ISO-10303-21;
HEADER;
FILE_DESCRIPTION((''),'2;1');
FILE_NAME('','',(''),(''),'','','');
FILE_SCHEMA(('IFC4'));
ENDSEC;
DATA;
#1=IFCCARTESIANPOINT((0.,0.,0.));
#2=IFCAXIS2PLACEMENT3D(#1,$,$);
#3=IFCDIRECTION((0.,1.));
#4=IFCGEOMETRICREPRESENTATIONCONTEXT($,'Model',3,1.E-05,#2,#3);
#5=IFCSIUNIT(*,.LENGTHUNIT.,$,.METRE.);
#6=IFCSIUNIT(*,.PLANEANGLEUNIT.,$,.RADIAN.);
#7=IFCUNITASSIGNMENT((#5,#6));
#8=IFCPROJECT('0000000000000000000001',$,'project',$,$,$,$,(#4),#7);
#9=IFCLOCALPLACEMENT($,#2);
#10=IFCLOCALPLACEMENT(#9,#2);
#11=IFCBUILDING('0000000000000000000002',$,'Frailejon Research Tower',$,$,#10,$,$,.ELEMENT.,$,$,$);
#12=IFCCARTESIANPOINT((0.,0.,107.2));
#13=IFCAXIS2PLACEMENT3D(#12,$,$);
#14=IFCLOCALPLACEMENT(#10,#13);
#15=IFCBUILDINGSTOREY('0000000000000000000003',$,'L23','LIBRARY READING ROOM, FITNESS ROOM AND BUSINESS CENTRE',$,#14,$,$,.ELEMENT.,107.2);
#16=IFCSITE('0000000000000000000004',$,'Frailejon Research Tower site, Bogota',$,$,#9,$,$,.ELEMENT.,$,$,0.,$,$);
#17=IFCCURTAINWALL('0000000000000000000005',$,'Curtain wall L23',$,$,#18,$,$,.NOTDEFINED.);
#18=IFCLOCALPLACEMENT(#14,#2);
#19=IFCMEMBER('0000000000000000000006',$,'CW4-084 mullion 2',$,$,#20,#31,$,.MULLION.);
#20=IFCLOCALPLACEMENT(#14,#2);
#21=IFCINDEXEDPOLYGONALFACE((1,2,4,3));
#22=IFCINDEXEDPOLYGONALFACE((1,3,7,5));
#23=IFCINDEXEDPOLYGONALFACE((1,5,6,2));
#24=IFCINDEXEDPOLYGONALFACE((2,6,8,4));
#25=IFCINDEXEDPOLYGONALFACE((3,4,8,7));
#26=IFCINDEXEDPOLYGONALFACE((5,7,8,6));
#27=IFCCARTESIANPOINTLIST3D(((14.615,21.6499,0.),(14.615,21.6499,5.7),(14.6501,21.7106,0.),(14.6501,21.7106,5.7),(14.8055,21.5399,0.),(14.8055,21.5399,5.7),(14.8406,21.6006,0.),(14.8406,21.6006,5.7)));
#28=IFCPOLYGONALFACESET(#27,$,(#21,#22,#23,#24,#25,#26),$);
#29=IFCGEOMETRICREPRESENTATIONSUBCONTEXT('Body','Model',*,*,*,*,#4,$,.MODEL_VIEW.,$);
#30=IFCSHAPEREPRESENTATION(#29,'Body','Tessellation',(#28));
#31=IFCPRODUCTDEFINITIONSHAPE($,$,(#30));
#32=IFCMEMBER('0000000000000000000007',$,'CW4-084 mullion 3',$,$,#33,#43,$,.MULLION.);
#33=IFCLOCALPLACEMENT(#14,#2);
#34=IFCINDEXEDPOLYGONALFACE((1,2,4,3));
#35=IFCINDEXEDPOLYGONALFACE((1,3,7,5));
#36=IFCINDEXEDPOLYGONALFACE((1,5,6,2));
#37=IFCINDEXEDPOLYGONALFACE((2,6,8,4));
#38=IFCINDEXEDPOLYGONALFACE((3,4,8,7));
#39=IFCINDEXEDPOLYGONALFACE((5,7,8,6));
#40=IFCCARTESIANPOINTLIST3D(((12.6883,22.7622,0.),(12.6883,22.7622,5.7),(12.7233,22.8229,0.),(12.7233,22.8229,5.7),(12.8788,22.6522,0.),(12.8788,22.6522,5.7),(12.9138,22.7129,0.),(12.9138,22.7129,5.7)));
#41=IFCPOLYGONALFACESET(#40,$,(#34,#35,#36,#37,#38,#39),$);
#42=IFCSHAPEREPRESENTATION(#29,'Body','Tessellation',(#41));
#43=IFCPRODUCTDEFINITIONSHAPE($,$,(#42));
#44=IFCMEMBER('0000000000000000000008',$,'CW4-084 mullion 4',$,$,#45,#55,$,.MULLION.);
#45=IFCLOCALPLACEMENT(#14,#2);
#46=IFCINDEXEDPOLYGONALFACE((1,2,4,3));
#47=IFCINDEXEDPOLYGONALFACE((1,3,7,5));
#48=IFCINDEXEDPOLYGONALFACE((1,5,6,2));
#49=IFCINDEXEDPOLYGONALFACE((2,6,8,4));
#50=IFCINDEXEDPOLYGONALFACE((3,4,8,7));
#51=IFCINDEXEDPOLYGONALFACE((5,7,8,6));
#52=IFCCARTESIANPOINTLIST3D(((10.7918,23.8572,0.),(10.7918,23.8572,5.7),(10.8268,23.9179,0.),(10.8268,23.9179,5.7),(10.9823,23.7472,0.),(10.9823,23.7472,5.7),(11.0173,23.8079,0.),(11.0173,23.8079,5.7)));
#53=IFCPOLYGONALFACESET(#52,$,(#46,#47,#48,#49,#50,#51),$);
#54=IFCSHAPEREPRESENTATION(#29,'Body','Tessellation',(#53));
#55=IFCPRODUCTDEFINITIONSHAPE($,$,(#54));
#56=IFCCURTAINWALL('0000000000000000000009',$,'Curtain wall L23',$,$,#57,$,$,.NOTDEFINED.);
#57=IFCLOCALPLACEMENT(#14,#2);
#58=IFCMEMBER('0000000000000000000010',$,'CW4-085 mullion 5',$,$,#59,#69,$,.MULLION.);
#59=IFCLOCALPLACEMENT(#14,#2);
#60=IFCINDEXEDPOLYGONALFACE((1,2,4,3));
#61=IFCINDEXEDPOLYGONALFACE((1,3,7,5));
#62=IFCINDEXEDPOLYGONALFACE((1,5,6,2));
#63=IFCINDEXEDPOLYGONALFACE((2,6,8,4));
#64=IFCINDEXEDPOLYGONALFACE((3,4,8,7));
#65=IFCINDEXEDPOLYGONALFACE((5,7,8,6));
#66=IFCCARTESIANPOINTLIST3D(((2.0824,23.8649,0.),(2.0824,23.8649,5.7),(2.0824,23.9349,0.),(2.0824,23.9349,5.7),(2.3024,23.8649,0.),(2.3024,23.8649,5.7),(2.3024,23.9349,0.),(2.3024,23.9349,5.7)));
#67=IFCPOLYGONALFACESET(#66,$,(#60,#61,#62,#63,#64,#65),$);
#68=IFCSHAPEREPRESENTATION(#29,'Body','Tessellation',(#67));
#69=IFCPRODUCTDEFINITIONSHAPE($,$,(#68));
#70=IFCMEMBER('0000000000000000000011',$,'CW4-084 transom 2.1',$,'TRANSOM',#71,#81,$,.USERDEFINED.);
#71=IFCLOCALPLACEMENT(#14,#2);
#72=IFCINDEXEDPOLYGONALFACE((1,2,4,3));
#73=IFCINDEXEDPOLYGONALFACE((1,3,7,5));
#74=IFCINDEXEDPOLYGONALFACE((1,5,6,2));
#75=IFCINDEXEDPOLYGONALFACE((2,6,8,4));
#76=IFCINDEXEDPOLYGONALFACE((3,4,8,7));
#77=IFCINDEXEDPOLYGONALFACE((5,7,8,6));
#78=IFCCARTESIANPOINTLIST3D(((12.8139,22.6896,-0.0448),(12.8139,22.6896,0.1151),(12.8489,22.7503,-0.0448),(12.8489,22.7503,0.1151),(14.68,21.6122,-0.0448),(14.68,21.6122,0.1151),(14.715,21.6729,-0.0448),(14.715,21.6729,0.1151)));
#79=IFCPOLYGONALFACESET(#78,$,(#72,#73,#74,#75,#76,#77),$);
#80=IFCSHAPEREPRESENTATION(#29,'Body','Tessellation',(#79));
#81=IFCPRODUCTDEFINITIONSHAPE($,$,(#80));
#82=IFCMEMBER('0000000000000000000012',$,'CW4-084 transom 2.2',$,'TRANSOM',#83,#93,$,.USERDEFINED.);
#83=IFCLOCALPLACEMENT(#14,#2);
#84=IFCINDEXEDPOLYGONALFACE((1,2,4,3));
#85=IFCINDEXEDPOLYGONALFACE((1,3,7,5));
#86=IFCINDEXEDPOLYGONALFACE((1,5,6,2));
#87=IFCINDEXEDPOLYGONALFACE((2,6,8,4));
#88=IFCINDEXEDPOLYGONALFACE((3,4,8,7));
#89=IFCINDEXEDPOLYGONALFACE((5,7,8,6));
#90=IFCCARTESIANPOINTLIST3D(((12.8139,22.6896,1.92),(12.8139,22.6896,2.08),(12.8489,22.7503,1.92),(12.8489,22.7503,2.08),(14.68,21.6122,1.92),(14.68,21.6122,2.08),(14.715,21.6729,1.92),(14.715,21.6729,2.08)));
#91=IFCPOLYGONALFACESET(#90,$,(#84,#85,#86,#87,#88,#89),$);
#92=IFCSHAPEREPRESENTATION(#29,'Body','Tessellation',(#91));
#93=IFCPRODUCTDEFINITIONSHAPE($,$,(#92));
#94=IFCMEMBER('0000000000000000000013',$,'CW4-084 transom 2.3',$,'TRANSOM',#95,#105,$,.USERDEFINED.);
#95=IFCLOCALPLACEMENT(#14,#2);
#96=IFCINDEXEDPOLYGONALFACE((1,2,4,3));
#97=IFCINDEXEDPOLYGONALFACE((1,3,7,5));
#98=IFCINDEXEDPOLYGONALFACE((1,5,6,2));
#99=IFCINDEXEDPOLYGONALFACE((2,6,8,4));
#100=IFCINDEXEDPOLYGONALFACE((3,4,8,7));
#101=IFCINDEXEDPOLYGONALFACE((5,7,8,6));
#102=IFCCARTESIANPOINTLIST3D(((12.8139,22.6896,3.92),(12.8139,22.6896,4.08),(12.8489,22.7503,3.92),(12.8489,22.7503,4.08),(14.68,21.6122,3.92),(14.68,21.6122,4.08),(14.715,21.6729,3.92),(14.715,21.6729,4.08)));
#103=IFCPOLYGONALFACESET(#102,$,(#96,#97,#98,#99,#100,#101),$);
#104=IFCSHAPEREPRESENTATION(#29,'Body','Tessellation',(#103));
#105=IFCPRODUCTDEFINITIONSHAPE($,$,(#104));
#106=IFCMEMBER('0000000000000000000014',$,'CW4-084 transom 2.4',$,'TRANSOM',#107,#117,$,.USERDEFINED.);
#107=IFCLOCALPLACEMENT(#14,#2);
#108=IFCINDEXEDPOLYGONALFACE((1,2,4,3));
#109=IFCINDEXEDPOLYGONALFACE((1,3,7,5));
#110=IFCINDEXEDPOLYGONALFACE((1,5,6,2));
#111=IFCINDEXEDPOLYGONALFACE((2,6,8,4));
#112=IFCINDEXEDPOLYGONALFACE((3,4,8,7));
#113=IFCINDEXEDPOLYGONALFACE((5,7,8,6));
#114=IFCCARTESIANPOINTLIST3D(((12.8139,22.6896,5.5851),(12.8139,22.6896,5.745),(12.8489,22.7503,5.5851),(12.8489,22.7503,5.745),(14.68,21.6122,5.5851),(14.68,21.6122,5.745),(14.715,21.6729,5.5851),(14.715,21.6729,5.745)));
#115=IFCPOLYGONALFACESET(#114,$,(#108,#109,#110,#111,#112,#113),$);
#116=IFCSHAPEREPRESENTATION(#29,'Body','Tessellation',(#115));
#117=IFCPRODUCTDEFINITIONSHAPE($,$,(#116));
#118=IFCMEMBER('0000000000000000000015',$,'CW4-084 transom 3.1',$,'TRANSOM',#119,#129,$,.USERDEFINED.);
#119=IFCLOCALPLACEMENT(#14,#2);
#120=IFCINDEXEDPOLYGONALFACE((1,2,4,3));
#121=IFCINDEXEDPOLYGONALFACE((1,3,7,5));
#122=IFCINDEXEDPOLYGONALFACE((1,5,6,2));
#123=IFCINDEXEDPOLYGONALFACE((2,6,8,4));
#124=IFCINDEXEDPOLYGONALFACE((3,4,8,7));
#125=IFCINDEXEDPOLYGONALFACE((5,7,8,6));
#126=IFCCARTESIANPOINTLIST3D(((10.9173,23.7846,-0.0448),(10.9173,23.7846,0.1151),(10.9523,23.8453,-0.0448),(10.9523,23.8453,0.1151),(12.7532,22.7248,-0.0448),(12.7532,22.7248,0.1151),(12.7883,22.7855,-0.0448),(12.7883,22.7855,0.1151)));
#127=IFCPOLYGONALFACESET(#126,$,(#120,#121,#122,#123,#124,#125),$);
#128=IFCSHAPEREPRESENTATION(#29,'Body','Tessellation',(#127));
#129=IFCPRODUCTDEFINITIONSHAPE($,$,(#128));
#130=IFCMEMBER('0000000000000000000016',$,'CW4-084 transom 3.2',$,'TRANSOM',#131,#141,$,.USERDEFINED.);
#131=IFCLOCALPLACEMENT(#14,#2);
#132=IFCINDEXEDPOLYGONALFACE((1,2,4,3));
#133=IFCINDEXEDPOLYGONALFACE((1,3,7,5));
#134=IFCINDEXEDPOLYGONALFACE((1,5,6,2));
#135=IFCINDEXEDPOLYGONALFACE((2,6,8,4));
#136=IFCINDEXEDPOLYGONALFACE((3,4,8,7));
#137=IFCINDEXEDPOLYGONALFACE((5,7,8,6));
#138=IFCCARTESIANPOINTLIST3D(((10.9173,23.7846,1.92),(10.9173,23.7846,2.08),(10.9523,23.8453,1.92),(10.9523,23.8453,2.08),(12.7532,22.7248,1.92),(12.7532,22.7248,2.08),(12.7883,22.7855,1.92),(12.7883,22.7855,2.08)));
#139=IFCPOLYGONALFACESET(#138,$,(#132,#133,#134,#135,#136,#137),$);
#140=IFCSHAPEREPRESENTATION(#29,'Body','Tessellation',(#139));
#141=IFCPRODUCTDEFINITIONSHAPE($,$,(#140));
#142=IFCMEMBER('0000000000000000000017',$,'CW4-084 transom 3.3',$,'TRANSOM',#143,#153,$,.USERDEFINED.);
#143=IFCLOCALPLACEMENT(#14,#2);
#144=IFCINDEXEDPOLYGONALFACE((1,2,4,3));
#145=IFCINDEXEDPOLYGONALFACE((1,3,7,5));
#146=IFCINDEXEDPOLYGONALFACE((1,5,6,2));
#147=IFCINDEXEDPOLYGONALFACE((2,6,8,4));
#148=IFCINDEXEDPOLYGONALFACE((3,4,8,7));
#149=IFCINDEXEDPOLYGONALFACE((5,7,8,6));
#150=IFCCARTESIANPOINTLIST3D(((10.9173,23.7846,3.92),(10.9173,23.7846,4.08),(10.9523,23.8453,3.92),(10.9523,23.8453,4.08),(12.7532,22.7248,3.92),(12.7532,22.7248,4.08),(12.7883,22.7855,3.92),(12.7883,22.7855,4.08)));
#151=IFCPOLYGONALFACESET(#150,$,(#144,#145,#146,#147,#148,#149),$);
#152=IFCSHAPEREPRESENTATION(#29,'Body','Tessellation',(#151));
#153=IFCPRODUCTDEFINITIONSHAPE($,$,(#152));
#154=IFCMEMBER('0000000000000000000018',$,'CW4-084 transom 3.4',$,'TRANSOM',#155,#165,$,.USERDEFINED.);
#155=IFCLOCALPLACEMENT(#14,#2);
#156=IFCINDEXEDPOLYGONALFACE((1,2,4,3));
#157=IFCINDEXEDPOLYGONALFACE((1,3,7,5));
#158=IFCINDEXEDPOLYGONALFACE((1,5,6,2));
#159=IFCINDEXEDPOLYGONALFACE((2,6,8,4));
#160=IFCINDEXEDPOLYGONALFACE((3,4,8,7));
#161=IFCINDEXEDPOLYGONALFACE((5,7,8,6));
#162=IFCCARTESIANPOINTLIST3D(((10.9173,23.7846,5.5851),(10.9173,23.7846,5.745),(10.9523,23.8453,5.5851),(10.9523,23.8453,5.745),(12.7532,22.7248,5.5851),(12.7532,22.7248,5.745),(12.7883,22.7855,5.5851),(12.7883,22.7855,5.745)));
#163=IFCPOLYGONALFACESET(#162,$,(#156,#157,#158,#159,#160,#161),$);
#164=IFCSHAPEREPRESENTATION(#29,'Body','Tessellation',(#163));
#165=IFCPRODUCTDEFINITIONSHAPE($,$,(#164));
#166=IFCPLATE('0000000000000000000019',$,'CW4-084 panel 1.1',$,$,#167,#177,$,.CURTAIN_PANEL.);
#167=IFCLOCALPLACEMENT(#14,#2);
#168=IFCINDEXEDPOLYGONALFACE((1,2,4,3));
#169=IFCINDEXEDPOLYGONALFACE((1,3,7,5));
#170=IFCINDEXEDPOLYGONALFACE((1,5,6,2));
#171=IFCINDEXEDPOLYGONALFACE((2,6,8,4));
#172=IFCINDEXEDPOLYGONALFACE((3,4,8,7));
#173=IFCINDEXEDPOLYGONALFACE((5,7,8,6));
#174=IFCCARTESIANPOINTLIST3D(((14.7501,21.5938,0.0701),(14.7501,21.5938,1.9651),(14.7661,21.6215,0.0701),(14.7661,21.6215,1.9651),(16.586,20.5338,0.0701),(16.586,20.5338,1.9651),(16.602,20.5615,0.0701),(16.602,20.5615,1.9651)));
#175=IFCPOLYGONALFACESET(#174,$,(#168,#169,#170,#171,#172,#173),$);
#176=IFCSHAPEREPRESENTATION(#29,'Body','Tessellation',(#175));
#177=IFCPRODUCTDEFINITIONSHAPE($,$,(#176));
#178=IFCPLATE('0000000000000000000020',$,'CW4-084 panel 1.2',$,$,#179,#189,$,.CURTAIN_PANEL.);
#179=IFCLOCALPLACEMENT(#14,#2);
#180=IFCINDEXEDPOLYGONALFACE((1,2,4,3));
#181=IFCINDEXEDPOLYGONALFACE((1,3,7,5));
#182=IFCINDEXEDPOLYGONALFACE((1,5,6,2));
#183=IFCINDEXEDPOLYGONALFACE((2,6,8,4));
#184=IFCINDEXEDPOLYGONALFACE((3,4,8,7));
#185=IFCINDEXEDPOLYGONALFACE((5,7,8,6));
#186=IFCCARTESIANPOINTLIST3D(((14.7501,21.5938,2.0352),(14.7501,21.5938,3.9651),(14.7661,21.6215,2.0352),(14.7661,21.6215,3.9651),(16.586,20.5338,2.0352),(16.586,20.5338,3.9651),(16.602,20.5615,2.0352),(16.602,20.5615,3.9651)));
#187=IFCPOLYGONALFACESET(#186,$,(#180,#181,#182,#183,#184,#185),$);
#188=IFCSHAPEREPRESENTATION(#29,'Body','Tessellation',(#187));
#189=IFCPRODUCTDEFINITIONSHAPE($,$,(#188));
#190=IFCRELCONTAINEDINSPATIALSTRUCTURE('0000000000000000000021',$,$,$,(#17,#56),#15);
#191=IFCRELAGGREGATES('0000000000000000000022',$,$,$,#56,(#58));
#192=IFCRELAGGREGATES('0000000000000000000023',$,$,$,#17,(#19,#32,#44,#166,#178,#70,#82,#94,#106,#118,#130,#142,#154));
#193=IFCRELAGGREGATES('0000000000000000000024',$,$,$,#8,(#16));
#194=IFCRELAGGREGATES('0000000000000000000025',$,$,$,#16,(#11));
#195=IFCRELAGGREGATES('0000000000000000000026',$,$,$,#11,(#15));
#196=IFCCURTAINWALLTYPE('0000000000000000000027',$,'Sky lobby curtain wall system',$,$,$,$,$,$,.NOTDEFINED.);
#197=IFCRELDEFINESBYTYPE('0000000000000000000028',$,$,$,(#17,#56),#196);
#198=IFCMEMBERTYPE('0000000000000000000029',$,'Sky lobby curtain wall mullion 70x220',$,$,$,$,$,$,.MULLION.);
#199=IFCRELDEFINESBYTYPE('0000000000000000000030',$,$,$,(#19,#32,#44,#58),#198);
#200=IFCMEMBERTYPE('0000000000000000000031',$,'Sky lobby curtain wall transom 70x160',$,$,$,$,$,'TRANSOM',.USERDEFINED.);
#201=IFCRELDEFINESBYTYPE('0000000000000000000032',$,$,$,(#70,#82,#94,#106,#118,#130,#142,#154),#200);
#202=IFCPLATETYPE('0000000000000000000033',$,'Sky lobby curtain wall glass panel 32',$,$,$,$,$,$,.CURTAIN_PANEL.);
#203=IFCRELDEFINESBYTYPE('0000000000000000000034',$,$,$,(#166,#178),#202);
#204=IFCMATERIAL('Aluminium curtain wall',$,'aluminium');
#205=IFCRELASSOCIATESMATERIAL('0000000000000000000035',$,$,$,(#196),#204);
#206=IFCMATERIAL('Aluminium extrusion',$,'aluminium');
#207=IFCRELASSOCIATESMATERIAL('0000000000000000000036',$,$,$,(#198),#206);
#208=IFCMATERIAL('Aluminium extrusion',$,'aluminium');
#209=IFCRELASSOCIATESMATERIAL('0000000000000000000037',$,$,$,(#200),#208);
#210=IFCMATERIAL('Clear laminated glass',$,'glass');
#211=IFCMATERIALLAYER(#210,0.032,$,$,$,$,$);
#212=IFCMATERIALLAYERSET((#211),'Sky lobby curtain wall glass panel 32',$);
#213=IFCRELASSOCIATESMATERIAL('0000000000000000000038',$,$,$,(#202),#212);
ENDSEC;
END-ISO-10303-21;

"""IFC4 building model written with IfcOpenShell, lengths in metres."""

from ifc_helpers import new_model, si_unit, direction, frame, origin, origin_2d, place, context, subcontext, project, spatial, rectangle, extrude, material, layer, layer_set, material_profile, profile_set, type_object, element, aggregate, save


model = new_model("IFC4")

# Units and contexts
model_context = context("Model", 3, precision=1e-05, world=origin(), true_north=direction((0.0, 1.0)))
body_context = subcontext(model_context, "Body", "Model", "MODEL_VIEW")
ifc_project = project(units=[si_unit("LENGTHUNIT", "METRE"), si_unit("PLANEANGLEUNIT", "RADIAN")], contexts=[model_context])

# Site, building, storey
site_placement = place(None, origin())
site = spatial("IfcSite", under=ifc_project, at=site_placement, Name="Frailejon Research Tower site, Bogota", CompositionType="ELEMENT", RefElevation=0.0)
building_placement = place(site_placement, origin())
building = spatial("IfcBuilding", under=site, at=building_placement, Name="Frailejon Research Tower", CompositionType="ELEMENT")
storey_placement = place(building_placement, frame((0.0, 0.0, 107.2)))
storey = spatial("IfcBuildingStorey", under=building, at=storey_placement, Name="L23", Description="LIBRARY READING ROOM, FITNESS ROOM AND BUSINESS CENTRE", CompositionType="ELEMENT", Elevation=107.2)

# Curtain wall, members
ifc_material_1 = material(Name="Aluminium curtain wall", Category="aluminium")
curtain_wall_type = type_object("IfcCurtainWallType", Name="Sky lobby curtain wall system", PredefinedType="NOTDEFINED", material=ifc_material_1)
curtain_wall_1_placement = place(storey_placement, origin())
curtain_wall_1 = element("IfcCurtainWall", 1, at=curtain_wall_1_placement, inside=storey, type_object=curtain_wall_type, Name="Curtain wall L23", PredefinedType="NOTDEFINED")
ifc_material_2 = material(Name="Aluminium extrusion", Category="aluminium")
ifc_material_profile_1 = material_profile(ifc_material_2, rectangle(XDim=0.0701, YDim=0.22, at=origin_2d()), Name="Sky lobby curtain wall mullion 70x220")
ifc_profile_set_1 = profile_set([ifc_material_profile_1], Name="Aluminium extrusion")
member_type_1 = type_object("IfcMemberType", Name="Sky lobby curtain wall mullion 70x220", PredefinedType="MULLION", material=ifc_profile_set_1)
member_1_placement = place(storey_placement, frame((14.7278, 21.6252, 0.0), z_axis=(0.0, 0.0, 1.0), x_axis=(-0.499998, -0.866026, 0.0)))
member_1 = element("IfcMember", 2, at=member_1_placement, type_object=member_type_1, Name="CW4-084 mullion 2", PredefinedType="MULLION", context=body_context, shape_type="SweptSolid", body=[
    extrude(rectangle(XDim=0.0701, YDim=0.22, at=origin_2d()), origin(), (0.0, 0.0, 1.0), 5.7),
])
member_2_placement = place(storey_placement, frame((12.801, 22.7375, 0.0), z_axis=(0.0, 0.0, 1.0), x_axis=(-0.499998, -0.866026, 0.0)))
member_2 = element("IfcMember", 3, at=member_2_placement, type_object=member_type_1, Name="CW4-084 mullion 3", PredefinedType="MULLION", context=body_context, shape_type="SweptSolid", body=[
    extrude(rectangle(XDim=0.0701, YDim=0.22, at=origin_2d()), origin(), (0.0, 0.0, 1.0), 5.7),
])
member_3_placement = place(storey_placement, frame((10.9045, 23.8325, 0.0), z_axis=(0.0, 0.0, 1.0), x_axis=(-0.499998, -0.866026, 0.0)))
member_3 = element("IfcMember", 4, at=member_3_placement, type_object=member_type_1, Name="CW4-084 mullion 4", PredefinedType="MULLION", context=body_context, shape_type="SweptSolid", body=[
    extrude(rectangle(XDim=0.0701, YDim=0.22, at=origin_2d()), origin(), (0.0, 0.0, 1.0), 5.7),
])

# Curtain wall, member
curtain_wall_2_placement = place(storey_placement, origin())
curtain_wall_2 = element("IfcCurtainWall", 5, at=curtain_wall_2_placement, inside=storey, type_object=curtain_wall_type, Name="Curtain wall L23", PredefinedType="NOTDEFINED")
member_4_placement = place(storey_placement, frame((2.1924, 23.8999, 0.0), z_axis=(0.0, 0.0, 1.0), x_axis=(0.0, -1.0, 0.0)))
member_4 = element("IfcMember", 6, at=member_4_placement, type_object=member_type_1, Name="CW4-085 mullion 5", PredefinedType="MULLION", context=body_context, shape_type="SweptSolid", body=[
    extrude(rectangle(XDim=0.0701, YDim=0.22, at=origin_2d()), origin(), (0.0, 0.0, 1.0), 5.7),
])
aggregate(curtain_wall_2, [member_4])

# Members
ifc_material_3 = material(Name="Aluminium extrusion", Category="aluminium")
ifc_material_profile_2 = material_profile(ifc_material_3, rectangle(XDim=0.0701, YDim=0.1599, at=origin_2d()), Name="Sky lobby curtain wall transom 70x160")
ifc_profile_set_2 = profile_set([ifc_material_profile_2], Name="Aluminium extrusion")
member_type_2 = type_object("IfcMemberType", Name="Sky lobby curtain wall transom 70x160", ElementType="TRANSOM", PredefinedType="USERDEFINED", material=ifc_profile_set_2)
member_5_placement = place(storey_placement, frame((14.6975, 21.6426, 0.0352), z_axis=(-0.866038, 0.499977, 0.0), x_axis=(-0.499977, -0.866038, 0.0)))
member_5 = element("IfcMember", 7, at=member_5_placement, type_object=member_type_2, Name="CW4-084 transom 2.1", ObjectType="TRANSOM", PredefinedType="USERDEFINED", context=body_context, shape_type="SweptSolid", body=[
    extrude(rectangle(XDim=0.0701, YDim=0.1599, at=origin_2d()), origin(), (0.0, 0.0, 1.0), 2.1548),
])
member_6_placement = place(storey_placement, frame((14.6975, 21.6426, 2.0), z_axis=(-0.866038, 0.499977, 0.0), x_axis=(-0.499977, -0.866038, 0.0)))
member_6 = element("IfcMember", 8, at=member_6_placement, type_object=member_type_2, Name="CW4-084 transom 2.2", ObjectType="TRANSOM", PredefinedType="USERDEFINED", context=body_context, shape_type="SweptSolid", body=[
    extrude(rectangle(XDim=0.0701, YDim=0.1599, at=origin_2d()), origin(), (0.0, 0.0, 1.0), 2.1548),
])
member_7_placement = place(storey_placement, frame((14.6975, 21.6426, 4.0), z_axis=(-0.866038, 0.499977, 0.0), x_axis=(-0.499977, -0.866038, 0.0)))
member_7 = element("IfcMember", 9, at=member_7_placement, type_object=member_type_2, Name="CW4-084 transom 2.3", ObjectType="TRANSOM", PredefinedType="USERDEFINED", context=body_context, shape_type="SweptSolid", body=[
    extrude(rectangle(XDim=0.0701, YDim=0.1599, at=origin_2d()), origin(), (0.0, 0.0, 1.0), 2.1548),
])
member_8_placement = place(storey_placement, frame((14.6975, 21.6426, 5.665), z_axis=(-0.866038, 0.499977, 0.0), x_axis=(-0.499977, -0.866038, 0.0)))
member_8 = element("IfcMember", 10, at=member_8_placement, type_object=member_type_2, Name="CW4-084 transom 2.4", ObjectType="TRANSOM", PredefinedType="USERDEFINED", context=body_context, shape_type="SweptSolid", body=[
    extrude(rectangle(XDim=0.0701, YDim=0.1599, at=origin_2d()), origin(), (0.0, 0.0, 1.0), 2.1548),
])
member_9_placement = place(storey_placement, frame((12.7708, 22.7551, 0.0352), z_axis=(-0.866059, 0.499942, 0.0), x_axis=(-0.499942, -0.866059, 0.0)))
member_9 = element("IfcMember", 11, at=member_9_placement, type_object=member_type_2, Name="CW4-084 transom 3.1", ObjectType="TRANSOM", PredefinedType="USERDEFINED", context=body_context, shape_type="SweptSolid", body=[
    extrude(rectangle(XDim=0.0701, YDim=0.1599, at=origin_2d()), origin(), (0.0, 0.0, 1.0), 2.1199),
])
member_10_placement = place(storey_placement, frame((12.7708, 22.7551, 2.0), z_axis=(-0.866059, 0.499942, 0.0), x_axis=(-0.499942, -0.866059, 0.0)))
member_10 = element("IfcMember", 12, at=member_10_placement, type_object=member_type_2, Name="CW4-084 transom 3.2", ObjectType="TRANSOM", PredefinedType="USERDEFINED", context=body_context, shape_type="SweptSolid", body=[
    extrude(rectangle(XDim=0.0701, YDim=0.1599, at=origin_2d()), origin(), (0.0, 0.0, 1.0), 2.1199),
])
member_11_placement = place(storey_placement, frame((12.7708, 22.7551, 4.0), z_axis=(-0.866059, 0.499942, 0.0), x_axis=(-0.499942, -0.866059, 0.0)))
member_11 = element("IfcMember", 13, at=member_11_placement, type_object=member_type_2, Name="CW4-084 transom 3.3", ObjectType="TRANSOM", PredefinedType="USERDEFINED", context=body_context, shape_type="SweptSolid", body=[
    extrude(rectangle(XDim=0.0701, YDim=0.1599, at=origin_2d()), origin(), (0.0, 0.0, 1.0), 2.1199),
])
member_12_placement = place(storey_placement, frame((12.7708, 22.7551, 5.665), z_axis=(-0.866059, 0.499942, 0.0), x_axis=(-0.499942, -0.866059, 0.0)))
member_12 = element("IfcMember", 14, at=member_12_placement, type_object=member_type_2, Name="CW4-084 transom 3.4", ObjectType="TRANSOM", PredefinedType="USERDEFINED", context=body_context, shape_type="SweptSolid", body=[
    extrude(rectangle(XDim=0.0701, YDim=0.1599, at=origin_2d()), origin(), (0.0, 0.0, 1.0), 2.1199),
])

# Plates
ifc_material_4 = material(Name="Clear laminated glass", Category="glass")
ifc_layer_1 = layer(ifc_material_4, 0.032)
ifc_layer_set_1 = layer_set([ifc_layer_1], Name="Sky lobby curtain wall glass panel 32")
plate_type = type_object("IfcPlateType", Name="Sky lobby curtain wall glass panel 32", PredefinedType="CURTAIN_PANEL", material=ifc_layer_set_1)
plate_1_placement = place(storey_placement, frame((15.676, 21.0776, 0.0701), z_axis=(0.0, 0.0, 1.0), x_axis=(-0.866026, 0.499998, 0.0)))
plate_1 = element("IfcPlate", 15, at=plate_1_placement, type_object=plate_type, Name="CW4-084 panel 1.1", PredefinedType="CURTAIN_PANEL", context=body_context, shape_type="SweptSolid", body=[
    extrude(rectangle(XDim=2.1199, YDim=0.032, at=origin_2d()), origin(), (0.0, 0.0, 1.0), 1.895),
])
plate_2_placement = place(storey_placement, frame((15.676, 21.0776, 2.0352), z_axis=(0.0, 0.0, 1.0), x_axis=(-0.866026, 0.499998, 0.0)))
plate_2 = element("IfcPlate", 16, at=plate_2_placement, type_object=plate_type, Name="CW4-084 panel 1.2", PredefinedType="CURTAIN_PANEL", context=body_context, shape_type="SweptSolid", body=[
    extrude(rectangle(XDim=2.1199, YDim=0.032, at=origin_2d()), origin(), (0.0, 0.0, 1.0), 1.9299),
])
aggregate(curtain_wall_1, [member_1, member_2, member_3, plate_1, plate_2, member_5, member_6, member_7, member_8, member_9, member_10, member_11, member_12])

save(model, "model.ifc")
